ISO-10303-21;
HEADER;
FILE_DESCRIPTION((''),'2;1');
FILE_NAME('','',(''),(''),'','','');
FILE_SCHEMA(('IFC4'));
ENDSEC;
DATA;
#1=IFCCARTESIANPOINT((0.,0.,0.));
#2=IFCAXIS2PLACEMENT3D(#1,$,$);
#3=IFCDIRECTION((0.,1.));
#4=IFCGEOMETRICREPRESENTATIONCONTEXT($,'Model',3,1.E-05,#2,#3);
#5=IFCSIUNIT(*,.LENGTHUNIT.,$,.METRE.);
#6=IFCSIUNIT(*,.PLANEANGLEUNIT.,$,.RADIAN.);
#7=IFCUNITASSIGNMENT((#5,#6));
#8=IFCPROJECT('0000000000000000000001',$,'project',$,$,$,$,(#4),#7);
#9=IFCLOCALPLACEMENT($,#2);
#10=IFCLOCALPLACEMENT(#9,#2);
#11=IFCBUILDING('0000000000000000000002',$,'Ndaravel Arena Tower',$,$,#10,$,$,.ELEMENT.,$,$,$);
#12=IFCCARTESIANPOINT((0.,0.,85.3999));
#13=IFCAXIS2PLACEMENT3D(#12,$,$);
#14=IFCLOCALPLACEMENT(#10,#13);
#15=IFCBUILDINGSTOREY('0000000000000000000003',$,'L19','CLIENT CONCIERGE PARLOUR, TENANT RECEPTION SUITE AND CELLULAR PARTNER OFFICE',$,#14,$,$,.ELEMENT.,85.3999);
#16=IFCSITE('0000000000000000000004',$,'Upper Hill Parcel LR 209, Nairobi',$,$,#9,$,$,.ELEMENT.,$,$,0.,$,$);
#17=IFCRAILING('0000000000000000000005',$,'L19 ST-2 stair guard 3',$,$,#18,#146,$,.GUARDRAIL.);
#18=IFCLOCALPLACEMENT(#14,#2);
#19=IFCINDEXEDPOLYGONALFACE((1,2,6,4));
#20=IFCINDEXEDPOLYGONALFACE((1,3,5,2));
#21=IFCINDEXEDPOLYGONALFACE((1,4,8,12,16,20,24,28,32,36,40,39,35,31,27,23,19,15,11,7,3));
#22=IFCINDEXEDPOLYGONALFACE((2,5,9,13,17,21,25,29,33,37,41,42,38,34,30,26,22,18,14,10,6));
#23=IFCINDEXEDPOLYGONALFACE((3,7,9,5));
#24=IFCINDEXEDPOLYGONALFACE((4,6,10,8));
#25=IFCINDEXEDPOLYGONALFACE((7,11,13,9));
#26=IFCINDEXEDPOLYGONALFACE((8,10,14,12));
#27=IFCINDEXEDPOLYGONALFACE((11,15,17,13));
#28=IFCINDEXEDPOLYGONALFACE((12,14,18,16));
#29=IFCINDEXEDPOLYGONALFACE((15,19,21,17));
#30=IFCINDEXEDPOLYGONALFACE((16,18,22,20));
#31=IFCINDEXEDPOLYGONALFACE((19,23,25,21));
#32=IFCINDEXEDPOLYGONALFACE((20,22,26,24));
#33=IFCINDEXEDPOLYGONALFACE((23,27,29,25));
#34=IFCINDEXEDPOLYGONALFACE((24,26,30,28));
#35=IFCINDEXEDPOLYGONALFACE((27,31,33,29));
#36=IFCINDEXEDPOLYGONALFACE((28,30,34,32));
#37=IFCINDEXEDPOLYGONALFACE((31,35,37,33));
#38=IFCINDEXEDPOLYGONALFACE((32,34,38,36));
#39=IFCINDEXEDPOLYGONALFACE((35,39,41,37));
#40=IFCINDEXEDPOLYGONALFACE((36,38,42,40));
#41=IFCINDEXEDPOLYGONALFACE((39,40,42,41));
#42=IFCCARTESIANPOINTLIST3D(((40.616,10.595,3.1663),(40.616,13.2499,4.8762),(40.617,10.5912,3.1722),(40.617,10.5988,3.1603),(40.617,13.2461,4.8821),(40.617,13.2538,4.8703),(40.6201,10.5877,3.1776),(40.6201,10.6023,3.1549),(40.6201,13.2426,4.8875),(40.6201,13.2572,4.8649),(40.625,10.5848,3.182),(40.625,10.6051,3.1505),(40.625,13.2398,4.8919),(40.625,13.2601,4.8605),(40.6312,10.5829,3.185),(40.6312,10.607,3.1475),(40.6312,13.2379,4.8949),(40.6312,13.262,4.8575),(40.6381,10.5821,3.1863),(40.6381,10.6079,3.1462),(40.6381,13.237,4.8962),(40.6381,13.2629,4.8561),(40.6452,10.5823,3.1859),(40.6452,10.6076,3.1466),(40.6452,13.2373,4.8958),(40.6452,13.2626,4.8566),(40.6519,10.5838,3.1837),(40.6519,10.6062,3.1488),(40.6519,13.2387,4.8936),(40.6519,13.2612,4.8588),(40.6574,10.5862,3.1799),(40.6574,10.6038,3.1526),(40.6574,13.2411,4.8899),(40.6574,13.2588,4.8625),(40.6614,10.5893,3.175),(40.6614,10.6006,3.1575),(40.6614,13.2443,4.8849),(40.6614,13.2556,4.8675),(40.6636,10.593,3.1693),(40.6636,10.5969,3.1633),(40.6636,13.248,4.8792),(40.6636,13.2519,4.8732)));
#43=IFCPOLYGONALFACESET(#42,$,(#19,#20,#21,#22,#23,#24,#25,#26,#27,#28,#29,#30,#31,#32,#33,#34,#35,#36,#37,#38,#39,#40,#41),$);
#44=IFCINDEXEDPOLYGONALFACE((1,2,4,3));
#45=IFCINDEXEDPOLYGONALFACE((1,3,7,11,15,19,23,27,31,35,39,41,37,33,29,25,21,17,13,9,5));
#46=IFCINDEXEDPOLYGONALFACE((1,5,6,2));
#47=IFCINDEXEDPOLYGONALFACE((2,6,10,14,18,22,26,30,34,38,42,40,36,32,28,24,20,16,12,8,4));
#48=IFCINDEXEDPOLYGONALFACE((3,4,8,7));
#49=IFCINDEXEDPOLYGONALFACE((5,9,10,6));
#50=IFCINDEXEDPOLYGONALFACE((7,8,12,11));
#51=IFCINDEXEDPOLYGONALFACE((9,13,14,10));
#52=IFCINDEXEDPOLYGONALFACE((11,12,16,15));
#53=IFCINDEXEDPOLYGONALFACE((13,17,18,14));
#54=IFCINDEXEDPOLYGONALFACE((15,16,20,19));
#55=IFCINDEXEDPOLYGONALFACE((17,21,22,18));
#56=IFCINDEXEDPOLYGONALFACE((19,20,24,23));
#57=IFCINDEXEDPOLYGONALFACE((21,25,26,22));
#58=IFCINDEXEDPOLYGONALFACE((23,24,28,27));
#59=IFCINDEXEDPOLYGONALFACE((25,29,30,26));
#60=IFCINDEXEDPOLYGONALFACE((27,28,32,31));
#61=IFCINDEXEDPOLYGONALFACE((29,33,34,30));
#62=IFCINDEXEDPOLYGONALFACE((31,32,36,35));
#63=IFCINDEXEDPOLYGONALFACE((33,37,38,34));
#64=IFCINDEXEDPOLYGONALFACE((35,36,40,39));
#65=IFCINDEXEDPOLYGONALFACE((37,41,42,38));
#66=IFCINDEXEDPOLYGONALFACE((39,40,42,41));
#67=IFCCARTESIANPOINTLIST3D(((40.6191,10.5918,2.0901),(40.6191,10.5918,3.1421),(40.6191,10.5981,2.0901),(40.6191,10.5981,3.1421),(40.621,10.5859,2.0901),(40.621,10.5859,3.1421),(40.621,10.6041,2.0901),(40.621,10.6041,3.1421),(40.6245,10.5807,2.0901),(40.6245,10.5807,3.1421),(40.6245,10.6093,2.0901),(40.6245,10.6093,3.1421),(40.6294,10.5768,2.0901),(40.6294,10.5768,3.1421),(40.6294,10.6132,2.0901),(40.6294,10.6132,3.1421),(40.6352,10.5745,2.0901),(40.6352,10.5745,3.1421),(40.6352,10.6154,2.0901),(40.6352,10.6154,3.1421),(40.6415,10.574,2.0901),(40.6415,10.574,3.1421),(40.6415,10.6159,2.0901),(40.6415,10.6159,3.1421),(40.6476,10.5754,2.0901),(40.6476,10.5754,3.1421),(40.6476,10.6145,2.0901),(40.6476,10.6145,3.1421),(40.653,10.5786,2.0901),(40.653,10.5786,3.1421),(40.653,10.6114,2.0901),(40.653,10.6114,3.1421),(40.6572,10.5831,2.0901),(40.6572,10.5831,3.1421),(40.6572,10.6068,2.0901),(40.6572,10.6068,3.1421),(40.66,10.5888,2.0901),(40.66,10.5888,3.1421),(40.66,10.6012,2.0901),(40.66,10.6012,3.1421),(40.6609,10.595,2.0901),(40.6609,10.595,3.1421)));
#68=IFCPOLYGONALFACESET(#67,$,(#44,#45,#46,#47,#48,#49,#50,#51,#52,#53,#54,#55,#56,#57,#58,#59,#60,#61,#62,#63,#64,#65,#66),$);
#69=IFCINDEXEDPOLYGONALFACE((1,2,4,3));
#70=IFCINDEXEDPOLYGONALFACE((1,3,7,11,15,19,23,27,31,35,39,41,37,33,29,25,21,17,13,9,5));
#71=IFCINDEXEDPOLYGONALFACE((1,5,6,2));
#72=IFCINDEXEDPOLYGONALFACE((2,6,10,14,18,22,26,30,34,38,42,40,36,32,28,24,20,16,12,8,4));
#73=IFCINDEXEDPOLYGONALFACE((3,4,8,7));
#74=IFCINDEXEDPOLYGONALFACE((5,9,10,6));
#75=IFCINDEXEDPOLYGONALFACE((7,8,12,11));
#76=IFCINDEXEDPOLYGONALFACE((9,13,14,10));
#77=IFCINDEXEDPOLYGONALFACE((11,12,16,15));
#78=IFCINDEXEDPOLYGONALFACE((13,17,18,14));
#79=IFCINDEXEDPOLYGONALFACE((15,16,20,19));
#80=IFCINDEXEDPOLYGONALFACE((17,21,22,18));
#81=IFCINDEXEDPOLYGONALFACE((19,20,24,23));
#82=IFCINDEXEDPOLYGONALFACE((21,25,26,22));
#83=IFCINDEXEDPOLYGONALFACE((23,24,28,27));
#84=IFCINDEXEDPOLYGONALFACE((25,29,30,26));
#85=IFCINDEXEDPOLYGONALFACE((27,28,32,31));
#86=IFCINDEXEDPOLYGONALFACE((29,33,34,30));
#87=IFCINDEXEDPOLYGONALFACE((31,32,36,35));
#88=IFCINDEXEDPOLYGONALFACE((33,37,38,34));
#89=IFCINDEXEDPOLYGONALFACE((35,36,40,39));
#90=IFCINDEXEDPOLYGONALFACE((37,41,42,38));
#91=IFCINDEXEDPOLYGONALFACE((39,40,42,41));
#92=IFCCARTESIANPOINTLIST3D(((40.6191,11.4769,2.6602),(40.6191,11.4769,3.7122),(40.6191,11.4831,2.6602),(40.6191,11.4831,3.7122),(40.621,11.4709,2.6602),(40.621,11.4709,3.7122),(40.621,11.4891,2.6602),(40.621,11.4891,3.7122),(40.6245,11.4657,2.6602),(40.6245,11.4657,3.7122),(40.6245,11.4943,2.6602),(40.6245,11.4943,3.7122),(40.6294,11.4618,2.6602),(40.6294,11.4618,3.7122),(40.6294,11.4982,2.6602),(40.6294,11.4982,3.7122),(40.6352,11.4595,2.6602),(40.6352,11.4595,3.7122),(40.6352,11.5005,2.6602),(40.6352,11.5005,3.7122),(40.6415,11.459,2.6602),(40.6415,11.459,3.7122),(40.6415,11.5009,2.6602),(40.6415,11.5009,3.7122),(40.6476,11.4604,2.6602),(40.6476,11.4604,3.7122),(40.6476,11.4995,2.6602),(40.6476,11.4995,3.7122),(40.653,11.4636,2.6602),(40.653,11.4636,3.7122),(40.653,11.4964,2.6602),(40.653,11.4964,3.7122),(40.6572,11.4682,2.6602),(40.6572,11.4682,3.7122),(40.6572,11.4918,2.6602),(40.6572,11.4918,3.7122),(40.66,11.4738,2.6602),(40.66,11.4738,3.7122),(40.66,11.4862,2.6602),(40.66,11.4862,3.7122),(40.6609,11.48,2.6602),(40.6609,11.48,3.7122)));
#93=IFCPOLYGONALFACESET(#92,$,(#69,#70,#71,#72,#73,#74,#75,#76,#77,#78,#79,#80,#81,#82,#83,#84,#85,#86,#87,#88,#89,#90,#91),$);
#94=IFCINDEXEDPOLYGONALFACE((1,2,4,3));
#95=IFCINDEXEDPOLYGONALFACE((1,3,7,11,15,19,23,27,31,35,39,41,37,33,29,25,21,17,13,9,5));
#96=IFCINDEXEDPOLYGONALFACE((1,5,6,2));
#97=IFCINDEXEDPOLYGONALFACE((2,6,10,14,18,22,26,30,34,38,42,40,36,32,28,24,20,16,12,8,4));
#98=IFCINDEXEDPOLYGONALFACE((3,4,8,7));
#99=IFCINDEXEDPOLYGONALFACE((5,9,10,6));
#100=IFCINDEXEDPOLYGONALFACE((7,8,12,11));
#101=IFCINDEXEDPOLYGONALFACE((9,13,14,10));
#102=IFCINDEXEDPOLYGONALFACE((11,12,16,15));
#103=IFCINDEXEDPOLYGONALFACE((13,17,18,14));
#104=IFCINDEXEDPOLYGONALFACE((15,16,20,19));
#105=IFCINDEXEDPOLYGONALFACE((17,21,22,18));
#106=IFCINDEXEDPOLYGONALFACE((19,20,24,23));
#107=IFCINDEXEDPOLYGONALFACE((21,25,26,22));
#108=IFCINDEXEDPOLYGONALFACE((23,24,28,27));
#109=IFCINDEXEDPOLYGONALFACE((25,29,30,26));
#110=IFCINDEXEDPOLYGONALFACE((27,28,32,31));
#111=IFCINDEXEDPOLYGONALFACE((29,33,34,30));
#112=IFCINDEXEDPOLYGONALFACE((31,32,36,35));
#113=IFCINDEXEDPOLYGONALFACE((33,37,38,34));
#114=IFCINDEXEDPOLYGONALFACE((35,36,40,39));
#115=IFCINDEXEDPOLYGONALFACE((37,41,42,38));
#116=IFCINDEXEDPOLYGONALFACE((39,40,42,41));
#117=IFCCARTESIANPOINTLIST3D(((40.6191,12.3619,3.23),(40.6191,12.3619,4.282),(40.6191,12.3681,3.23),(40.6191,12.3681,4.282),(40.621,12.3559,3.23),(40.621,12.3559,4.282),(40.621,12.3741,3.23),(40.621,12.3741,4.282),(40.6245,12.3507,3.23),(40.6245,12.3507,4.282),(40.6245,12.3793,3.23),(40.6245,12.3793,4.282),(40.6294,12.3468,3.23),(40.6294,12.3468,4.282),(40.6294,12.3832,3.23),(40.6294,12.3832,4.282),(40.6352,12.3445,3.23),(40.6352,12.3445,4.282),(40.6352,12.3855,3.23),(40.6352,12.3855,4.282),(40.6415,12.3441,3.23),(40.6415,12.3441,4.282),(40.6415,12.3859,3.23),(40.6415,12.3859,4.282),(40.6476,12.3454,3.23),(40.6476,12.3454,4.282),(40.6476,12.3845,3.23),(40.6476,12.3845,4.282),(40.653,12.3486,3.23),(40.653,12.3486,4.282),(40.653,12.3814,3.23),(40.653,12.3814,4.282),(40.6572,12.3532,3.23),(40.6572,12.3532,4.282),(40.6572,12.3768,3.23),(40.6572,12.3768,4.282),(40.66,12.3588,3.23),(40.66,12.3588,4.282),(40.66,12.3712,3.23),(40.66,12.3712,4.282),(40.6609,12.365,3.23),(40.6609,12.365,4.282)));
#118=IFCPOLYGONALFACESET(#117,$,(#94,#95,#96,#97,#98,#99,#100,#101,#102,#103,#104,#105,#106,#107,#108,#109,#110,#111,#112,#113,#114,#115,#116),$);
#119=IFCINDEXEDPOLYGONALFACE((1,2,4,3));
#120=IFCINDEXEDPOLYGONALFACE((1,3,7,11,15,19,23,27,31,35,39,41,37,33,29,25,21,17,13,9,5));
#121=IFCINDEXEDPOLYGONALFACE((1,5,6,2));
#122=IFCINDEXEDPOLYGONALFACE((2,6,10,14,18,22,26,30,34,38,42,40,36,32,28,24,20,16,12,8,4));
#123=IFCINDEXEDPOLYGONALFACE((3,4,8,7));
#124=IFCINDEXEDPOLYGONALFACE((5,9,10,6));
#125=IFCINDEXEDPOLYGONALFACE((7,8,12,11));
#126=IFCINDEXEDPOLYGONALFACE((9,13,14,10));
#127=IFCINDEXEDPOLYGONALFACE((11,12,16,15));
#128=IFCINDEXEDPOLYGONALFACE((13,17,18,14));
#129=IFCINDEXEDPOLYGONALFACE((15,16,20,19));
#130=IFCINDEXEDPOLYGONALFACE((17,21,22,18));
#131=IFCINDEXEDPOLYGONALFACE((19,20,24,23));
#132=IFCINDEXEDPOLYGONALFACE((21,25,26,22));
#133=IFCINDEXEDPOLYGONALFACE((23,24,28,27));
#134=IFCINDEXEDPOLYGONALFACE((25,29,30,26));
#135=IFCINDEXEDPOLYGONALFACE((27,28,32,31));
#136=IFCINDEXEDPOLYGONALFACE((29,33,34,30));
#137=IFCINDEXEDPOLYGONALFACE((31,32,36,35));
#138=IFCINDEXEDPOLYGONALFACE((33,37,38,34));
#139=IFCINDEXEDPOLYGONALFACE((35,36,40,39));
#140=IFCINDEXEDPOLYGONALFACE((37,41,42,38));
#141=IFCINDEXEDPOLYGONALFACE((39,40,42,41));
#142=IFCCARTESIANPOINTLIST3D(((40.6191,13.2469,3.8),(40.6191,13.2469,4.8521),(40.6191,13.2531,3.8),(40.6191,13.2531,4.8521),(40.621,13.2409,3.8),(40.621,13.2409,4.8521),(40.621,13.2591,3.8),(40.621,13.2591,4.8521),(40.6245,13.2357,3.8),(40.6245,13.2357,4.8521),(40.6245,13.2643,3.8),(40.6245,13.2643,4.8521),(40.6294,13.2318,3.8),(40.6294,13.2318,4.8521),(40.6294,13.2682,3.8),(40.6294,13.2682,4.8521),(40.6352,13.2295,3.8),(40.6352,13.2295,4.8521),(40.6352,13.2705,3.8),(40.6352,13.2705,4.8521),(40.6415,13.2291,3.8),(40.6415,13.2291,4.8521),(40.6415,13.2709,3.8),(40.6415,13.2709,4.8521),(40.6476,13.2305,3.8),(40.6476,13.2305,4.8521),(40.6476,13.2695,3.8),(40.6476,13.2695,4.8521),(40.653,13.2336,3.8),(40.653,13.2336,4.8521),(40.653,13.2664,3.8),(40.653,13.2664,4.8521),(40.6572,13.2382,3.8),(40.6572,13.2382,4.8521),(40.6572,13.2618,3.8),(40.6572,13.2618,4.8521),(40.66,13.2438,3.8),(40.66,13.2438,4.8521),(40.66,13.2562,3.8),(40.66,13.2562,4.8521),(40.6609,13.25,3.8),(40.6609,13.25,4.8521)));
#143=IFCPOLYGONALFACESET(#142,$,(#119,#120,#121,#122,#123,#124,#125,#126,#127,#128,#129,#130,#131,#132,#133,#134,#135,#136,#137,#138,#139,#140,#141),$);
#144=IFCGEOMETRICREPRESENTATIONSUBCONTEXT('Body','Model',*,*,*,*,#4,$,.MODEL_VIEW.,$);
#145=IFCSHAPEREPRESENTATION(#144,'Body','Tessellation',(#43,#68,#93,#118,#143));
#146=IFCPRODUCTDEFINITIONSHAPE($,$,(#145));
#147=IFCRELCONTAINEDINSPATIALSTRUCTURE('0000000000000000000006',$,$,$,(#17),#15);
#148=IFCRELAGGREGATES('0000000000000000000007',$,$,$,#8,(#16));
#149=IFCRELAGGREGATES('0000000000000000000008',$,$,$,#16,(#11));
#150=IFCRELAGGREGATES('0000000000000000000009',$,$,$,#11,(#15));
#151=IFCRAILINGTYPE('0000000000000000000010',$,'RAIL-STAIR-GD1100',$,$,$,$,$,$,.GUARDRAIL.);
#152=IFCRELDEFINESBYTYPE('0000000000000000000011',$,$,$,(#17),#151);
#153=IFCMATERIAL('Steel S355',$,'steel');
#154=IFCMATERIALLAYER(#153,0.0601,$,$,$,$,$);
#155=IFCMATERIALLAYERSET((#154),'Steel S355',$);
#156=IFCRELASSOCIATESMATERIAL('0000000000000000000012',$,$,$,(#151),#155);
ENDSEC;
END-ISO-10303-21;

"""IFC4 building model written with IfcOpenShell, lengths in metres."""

from ifc_helpers import new_model, si_unit, direction, frame, origin, origin_2d, place, context, subcontext, project, spatial, circle, extrude, material, layer, layer_set, type_object, element, save


model = new_model("IFC4")

# Units and contexts
model_context = context("Model", 3, precision=1e-05, world=origin(), true_north=direction((0.0, 1.0)))
body_context = subcontext(model_context, "Body", "Model", "MODEL_VIEW")
ifc_project = project(units=[si_unit("LENGTHUNIT", "METRE"), si_unit("PLANEANGLEUNIT", "RADIAN")], contexts=[model_context])

# Site, building, storey
site_placement = place(None, origin())
site = spatial("IfcSite", under=ifc_project, at=site_placement, Name="Upper Hill Parcel LR 209, Nairobi", CompositionType="ELEMENT", RefElevation=0.0)
building_placement = place(site_placement, origin())
building = spatial("IfcBuilding", under=site, at=building_placement, Name="Ndaravel Arena Tower", CompositionType="ELEMENT")
storey_placement = place(building_placement, frame((0.0, 0.0, 85.3999)))
storey = spatial("IfcBuildingStorey", under=building, at=storey_placement, Name="L19", Description="CLIENT CONCIERGE PARLOUR, TENANT RECEPTION SUITE AND CELLULAR PARTNER OFFICE", CompositionType="ELEMENT", Elevation=85.3999)

# Railing
ifc_material_1 = material(Name="Steel S355", Category="steel")
ifc_layer_1 = layer(ifc_material_1, 0.0601)
ifc_layer_set_1 = layer_set([ifc_layer_1], Name="Steel S355")
railing_type_1 = type_object("IfcRailingType", Name="RAIL-STAIR-GD1100", PredefinedType="GUARDRAIL", material=ifc_layer_set_1)
railing_1_placement = place(storey_placement, frame((40.6399, 10.595, 2.0901)))
element("IfcRailing", 1, at=railing_1_placement, inside=storey, type_object=railing_type_1, Name="L19 ST-2 stair guard 3", PredefinedType="GUARDRAIL", context=body_context, shape_type="SweptSolid", body=[
    extrude(circle(Radius=0.0239, at=origin_2d()), frame((0.0, 0.0, 1.0762), z_axis=(0.0, 0.840724, 0.541465), x_axis=(-1.0, 0.0, 0.0)), (0.0, 0.0, 1.0), 3.158),
    extrude(circle(Radius=0.021, at=origin_2d()), origin(), (0.0, 0.0, 1.0), 1.052),
    extrude(circle(Radius=0.021, at=origin_2d()), frame((0.0, 0.885, 0.5701)), (0.0, 0.0, 1.0), 1.052),
    extrude(circle(Radius=0.021, at=origin_2d()), frame((0.0, 1.77, 1.1399)), (0.0, 0.0, 1.0), 1.052),
    extrude(circle(Radius=0.021, at=origin_2d()), frame((0.0, 2.655, 1.71)), (0.0, 0.0, 1.0), 1.052),
])

save(model, "model.ifc")
